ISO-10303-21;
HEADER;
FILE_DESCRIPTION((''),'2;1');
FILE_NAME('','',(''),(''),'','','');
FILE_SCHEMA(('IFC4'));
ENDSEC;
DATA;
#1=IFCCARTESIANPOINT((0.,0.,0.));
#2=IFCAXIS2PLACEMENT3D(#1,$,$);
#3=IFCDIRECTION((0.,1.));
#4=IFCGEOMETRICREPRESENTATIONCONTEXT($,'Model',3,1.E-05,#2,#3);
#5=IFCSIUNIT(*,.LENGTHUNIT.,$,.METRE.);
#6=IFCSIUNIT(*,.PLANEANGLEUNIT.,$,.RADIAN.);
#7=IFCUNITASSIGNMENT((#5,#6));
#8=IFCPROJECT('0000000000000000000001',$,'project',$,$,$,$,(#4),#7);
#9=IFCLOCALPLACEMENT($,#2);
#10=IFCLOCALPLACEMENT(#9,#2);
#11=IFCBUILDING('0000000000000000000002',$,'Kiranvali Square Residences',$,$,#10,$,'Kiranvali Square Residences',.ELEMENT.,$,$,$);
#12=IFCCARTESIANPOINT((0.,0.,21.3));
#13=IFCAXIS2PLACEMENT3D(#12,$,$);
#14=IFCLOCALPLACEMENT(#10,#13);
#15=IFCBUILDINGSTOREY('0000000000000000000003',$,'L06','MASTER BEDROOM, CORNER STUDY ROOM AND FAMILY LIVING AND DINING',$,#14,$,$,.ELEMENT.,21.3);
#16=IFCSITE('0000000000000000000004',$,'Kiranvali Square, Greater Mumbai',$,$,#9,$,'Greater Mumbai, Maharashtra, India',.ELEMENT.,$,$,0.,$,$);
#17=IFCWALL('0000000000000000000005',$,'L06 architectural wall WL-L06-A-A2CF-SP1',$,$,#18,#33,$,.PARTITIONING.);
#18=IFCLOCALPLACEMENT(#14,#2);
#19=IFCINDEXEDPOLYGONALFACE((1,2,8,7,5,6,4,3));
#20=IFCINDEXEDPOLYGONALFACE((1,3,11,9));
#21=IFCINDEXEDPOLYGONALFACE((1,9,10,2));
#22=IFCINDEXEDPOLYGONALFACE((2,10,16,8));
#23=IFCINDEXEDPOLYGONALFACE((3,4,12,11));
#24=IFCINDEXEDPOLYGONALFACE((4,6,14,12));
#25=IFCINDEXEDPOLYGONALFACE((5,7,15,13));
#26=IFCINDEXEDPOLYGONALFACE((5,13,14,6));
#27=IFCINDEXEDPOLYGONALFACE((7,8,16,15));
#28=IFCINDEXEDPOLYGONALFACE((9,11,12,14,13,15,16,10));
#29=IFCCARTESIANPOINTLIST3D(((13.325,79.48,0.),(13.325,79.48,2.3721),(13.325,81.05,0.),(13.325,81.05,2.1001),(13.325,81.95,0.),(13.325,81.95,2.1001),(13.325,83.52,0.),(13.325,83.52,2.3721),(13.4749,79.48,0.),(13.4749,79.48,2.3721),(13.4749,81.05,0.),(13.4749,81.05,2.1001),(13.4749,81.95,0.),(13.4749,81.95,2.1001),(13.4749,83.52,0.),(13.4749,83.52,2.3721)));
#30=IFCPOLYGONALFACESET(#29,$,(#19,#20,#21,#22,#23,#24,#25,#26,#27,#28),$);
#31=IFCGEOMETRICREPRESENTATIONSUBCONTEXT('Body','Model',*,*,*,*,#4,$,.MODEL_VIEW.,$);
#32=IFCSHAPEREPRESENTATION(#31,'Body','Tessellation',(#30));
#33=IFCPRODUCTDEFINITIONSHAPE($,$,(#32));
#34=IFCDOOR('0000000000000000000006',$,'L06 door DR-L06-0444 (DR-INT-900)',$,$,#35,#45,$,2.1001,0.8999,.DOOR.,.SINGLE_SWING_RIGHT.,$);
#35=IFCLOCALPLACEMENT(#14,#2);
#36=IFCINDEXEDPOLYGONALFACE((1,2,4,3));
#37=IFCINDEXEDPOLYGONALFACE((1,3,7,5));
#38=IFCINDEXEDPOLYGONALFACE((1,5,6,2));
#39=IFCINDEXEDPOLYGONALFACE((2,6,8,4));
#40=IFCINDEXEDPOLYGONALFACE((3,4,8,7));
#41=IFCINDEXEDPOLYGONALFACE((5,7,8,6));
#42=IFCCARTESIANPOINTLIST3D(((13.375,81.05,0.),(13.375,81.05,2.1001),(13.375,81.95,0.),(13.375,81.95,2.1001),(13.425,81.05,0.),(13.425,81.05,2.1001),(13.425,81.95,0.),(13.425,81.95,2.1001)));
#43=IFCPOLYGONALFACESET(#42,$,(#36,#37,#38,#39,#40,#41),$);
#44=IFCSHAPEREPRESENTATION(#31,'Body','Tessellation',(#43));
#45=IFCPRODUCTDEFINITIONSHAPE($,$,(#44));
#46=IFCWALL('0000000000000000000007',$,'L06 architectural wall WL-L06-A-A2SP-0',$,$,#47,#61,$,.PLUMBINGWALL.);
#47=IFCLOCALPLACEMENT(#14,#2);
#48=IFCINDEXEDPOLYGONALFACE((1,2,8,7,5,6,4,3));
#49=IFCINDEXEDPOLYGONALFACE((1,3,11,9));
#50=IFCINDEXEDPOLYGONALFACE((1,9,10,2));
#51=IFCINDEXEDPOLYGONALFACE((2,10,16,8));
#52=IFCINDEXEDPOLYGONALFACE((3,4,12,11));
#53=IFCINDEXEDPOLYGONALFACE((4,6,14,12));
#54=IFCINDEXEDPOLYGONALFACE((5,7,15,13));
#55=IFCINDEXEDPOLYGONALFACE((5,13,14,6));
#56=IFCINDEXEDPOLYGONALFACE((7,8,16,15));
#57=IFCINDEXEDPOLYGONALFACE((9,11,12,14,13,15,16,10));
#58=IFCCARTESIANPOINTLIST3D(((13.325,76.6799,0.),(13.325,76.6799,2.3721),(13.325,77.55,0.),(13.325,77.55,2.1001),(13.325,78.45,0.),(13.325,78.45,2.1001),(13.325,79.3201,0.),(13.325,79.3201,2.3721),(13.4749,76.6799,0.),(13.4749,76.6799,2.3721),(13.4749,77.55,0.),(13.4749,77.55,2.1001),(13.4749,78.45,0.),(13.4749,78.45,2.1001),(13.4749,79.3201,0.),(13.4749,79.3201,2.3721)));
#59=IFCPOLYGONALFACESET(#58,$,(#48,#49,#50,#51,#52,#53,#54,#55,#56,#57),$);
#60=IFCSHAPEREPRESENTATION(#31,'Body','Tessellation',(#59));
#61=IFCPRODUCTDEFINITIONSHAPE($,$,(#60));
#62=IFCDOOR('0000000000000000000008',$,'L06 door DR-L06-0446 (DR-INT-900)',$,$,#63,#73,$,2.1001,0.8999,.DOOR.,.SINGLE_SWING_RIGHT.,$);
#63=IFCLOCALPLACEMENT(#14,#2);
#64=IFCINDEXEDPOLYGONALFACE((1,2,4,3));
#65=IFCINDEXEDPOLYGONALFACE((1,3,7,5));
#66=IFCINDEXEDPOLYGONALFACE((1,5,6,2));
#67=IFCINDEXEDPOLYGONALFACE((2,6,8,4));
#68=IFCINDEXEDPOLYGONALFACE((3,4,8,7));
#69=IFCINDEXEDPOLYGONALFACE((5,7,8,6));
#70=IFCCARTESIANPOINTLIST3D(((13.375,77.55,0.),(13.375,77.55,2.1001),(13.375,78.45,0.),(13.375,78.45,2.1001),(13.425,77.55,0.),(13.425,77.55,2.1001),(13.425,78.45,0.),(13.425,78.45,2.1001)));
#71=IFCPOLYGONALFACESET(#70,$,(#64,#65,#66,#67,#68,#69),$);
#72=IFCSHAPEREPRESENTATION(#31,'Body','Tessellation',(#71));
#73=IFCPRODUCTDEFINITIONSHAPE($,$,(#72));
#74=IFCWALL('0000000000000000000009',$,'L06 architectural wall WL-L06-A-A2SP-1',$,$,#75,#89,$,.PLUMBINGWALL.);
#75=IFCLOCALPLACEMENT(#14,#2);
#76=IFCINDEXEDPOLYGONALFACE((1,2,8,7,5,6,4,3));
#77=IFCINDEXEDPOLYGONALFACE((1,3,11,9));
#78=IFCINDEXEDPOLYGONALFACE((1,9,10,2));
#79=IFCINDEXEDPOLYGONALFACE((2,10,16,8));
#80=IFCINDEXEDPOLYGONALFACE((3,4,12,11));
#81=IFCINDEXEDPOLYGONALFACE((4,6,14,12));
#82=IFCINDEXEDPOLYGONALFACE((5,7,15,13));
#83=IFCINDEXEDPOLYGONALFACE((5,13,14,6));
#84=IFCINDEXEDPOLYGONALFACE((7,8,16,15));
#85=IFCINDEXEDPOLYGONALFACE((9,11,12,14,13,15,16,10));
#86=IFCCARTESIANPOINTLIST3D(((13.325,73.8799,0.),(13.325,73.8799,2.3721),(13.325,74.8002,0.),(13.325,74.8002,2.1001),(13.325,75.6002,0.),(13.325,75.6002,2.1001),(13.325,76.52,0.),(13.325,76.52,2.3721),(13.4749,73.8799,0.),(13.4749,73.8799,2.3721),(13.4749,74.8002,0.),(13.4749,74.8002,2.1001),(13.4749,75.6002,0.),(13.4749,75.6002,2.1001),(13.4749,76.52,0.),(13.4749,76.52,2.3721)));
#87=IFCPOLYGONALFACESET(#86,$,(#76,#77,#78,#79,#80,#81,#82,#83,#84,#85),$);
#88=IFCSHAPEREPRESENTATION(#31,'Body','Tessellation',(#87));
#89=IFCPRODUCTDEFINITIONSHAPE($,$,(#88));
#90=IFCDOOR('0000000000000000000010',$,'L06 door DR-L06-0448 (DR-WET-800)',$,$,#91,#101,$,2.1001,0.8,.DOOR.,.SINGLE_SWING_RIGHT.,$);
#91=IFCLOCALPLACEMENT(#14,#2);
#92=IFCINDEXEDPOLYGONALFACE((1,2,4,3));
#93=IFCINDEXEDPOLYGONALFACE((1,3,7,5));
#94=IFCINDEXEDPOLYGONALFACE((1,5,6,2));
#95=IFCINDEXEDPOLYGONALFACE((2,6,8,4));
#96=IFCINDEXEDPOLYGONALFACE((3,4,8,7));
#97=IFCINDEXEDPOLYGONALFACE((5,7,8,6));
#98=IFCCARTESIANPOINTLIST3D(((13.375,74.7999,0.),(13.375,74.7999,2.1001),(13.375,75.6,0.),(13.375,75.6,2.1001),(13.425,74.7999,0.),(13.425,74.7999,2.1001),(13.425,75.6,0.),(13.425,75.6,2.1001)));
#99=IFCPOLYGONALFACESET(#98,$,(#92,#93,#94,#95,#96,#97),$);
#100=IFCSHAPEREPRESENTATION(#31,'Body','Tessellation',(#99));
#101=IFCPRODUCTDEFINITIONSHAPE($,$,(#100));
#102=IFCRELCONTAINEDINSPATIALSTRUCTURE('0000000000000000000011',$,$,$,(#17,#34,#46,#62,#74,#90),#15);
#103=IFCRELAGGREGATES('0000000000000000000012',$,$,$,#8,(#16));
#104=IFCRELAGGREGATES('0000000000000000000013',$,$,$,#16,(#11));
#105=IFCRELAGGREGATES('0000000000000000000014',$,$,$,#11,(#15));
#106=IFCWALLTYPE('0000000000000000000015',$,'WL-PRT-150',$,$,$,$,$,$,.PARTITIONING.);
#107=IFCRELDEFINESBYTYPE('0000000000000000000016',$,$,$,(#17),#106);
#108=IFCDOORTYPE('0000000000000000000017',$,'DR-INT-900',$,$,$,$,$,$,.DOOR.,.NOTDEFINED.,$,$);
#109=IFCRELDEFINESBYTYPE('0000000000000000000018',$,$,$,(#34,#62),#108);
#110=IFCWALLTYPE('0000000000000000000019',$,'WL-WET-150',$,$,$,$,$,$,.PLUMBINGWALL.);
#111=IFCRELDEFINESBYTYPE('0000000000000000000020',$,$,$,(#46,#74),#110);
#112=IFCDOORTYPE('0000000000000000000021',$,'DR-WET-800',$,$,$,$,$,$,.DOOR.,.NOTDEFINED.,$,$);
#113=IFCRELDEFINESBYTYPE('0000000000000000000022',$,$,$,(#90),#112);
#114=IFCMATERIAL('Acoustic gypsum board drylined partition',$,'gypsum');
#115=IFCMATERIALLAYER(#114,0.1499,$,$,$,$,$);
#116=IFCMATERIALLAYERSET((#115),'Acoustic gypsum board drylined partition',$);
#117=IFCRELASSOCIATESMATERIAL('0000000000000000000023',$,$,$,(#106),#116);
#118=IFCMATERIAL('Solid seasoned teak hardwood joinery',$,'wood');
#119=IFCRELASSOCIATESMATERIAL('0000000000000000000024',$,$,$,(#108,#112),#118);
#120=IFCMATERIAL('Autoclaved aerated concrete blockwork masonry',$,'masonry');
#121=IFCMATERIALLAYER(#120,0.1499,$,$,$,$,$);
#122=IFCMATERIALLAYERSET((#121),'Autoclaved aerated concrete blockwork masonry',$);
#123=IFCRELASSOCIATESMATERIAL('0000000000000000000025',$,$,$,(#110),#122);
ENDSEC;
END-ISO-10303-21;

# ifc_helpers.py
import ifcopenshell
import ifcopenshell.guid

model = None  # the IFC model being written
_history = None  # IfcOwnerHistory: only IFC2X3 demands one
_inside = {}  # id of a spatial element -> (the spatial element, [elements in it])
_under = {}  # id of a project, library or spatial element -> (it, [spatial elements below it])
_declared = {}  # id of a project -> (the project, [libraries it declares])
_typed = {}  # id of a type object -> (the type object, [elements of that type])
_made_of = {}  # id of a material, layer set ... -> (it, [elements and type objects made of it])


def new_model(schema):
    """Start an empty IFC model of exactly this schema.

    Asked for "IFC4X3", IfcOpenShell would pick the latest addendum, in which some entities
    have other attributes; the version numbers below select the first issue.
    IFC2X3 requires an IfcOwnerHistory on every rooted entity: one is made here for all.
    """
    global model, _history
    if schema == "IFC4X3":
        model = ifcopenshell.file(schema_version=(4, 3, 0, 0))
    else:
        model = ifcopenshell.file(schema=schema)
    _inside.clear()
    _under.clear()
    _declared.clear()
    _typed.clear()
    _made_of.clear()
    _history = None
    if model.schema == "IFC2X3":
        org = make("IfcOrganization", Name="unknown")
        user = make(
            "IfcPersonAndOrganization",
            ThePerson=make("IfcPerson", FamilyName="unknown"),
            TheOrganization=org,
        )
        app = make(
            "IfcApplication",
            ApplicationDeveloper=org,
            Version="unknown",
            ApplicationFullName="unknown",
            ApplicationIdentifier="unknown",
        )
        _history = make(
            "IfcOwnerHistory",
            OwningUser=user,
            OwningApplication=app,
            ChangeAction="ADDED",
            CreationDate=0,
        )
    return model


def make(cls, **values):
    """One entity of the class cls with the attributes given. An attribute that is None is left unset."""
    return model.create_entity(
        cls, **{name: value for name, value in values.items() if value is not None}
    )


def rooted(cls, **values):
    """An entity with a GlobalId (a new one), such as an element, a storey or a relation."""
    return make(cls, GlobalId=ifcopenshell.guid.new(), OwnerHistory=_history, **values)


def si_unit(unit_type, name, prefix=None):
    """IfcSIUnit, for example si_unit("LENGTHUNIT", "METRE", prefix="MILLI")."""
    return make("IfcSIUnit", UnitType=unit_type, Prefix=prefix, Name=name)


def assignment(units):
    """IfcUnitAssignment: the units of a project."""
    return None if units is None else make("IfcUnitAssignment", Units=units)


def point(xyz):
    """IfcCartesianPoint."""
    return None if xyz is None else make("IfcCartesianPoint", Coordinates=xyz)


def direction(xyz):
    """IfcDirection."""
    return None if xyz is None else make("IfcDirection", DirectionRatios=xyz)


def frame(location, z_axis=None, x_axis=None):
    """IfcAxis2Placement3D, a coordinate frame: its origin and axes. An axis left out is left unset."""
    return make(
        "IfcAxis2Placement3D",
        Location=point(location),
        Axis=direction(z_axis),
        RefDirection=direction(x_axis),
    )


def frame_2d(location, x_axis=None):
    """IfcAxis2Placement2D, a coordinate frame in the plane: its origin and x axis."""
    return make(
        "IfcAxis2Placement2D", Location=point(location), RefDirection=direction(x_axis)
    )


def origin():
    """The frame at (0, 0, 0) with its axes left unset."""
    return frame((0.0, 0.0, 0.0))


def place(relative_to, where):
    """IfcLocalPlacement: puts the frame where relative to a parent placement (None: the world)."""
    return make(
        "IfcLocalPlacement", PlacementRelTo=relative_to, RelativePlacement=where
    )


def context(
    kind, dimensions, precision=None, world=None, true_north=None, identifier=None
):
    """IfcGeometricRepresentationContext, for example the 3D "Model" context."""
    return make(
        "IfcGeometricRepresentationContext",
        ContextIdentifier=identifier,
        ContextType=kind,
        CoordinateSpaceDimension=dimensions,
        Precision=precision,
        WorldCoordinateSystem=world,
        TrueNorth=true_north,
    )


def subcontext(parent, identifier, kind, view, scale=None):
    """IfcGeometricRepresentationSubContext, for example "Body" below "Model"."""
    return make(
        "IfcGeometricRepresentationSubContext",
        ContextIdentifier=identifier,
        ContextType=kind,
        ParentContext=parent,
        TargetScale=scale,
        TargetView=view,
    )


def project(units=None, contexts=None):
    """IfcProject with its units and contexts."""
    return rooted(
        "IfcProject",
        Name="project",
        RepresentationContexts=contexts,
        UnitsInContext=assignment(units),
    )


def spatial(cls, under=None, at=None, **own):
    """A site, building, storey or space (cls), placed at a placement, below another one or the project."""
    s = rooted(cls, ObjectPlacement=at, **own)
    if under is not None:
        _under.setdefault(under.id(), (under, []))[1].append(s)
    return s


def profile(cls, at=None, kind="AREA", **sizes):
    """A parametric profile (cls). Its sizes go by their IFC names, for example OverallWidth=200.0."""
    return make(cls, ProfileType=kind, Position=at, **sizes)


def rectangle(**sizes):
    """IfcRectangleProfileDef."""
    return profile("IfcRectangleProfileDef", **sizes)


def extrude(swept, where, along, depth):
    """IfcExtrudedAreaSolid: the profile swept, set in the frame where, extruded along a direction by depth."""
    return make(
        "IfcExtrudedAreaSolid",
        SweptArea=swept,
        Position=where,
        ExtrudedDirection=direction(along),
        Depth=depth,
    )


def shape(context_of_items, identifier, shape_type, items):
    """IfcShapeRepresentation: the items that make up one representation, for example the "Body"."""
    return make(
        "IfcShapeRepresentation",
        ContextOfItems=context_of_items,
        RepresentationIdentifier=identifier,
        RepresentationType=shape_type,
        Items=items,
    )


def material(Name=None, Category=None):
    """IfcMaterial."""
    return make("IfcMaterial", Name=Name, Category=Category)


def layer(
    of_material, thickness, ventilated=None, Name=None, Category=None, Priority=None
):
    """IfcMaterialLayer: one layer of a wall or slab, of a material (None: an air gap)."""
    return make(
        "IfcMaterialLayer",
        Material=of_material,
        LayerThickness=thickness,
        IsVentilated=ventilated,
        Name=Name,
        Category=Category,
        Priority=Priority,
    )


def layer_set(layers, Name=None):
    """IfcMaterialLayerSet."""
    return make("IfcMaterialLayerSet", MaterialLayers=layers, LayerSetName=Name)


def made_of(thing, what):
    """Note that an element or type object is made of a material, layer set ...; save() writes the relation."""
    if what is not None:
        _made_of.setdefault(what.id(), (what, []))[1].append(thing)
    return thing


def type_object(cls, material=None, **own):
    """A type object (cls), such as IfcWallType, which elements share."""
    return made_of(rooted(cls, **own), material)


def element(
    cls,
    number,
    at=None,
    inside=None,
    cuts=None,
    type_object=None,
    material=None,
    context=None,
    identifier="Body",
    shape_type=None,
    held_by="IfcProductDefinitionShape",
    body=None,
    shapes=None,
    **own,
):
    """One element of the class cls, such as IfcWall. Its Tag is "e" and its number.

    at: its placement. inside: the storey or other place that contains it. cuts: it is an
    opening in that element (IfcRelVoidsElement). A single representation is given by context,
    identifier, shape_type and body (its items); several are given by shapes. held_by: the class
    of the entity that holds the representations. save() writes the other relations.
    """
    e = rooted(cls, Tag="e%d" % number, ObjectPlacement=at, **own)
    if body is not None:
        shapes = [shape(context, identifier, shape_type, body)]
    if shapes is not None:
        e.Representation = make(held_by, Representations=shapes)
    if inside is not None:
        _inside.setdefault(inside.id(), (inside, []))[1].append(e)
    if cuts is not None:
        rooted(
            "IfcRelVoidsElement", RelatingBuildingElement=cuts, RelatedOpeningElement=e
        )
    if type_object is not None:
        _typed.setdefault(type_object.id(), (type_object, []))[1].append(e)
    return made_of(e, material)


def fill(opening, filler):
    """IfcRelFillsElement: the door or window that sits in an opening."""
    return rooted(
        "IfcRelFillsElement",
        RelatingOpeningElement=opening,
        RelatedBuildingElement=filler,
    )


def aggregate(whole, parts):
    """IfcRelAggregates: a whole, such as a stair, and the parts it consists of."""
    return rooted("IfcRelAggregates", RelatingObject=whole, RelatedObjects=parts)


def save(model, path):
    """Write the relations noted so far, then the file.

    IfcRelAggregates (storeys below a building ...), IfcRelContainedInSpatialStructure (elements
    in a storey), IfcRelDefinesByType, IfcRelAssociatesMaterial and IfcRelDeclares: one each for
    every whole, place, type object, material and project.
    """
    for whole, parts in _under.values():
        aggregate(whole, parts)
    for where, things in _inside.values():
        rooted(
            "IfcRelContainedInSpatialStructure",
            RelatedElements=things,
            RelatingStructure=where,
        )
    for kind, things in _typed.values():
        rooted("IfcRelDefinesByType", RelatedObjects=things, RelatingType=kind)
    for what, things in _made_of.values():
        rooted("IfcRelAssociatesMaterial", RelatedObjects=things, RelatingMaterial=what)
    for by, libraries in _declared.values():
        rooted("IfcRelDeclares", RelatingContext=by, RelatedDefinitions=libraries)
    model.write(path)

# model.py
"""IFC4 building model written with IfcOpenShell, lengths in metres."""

from ifc_helpers import new_model, si_unit, direction, frame, frame_2d, origin, place, context, subcontext, project, spatial, rectangle, extrude, material, layer, layer_set, type_object, element, fill, save


model = new_model("IFC4")

# Units and contexts
model_context = context("Model", 3, precision=1e-05, world=origin(), true_north=direction((0.0, 1.0)))
body_context = subcontext(model_context, "Body", "Model", "MODEL_VIEW")
ifc_project = project(units=[si_unit("LENGTHUNIT", "METRE"), si_unit("PLANEANGLEUNIT", "RADIAN")], contexts=[model_context])

# Site, building, storey
site_placement = place(None, origin())
site = spatial("IfcSite", under=ifc_project, at=site_placement, Name="Kiranvali Square, Greater Mumbai", LongName="Greater Mumbai, Maharashtra, India", CompositionType="ELEMENT", RefElevation=0.0)
building_placement = place(site_placement, origin())
building = spatial("IfcBuilding", under=site, at=building_placement, Name="Kiranvali Square Residences", LongName="Kiranvali Square Residences", CompositionType="ELEMENT")
storey_placement = place(building_placement, frame((0.0, 0.0, 21.3)))
storey = spatial("IfcBuildingStorey", under=building, at=storey_placement, Name="L06", Description="MASTER BEDROOM, CORNER STUDY ROOM AND FAMILY LIVING AND DINING", CompositionType="ELEMENT", Elevation=21.3)

# Walls, openings, doors
ifc_material_1 = material(Name="Acoustic gypsum board drylined partition", Category="gypsum")
ifc_layer_1 = layer(ifc_material_1, 0.1499)
ifc_layer_set_1 = layer_set([ifc_layer_1], Name="Acoustic gypsum board drylined partition")
wall_type_1 = type_object("IfcWallType", Name="WL-PRT-150", PredefinedType="PARTITIONING", material=ifc_layer_set_1)
wall_1_placement = place(storey_placement, frame((13.3999, 83.52, 0.0), z_axis=(0.0, 0.0, 1.0), x_axis=(0.0, -1.0, 0.0)))
wall_1 = element("IfcWall", 1, at=wall_1_placement, inside=storey, type_object=wall_type_1, Name="L06 architectural wall WL-L06-A-A2CF-SP1", PredefinedType="PARTITIONING", context=body_context, shape_type="SweptSolid", body=[
    extrude(rectangle(XDim=4.04, YDim=0.1499, at=frame_2d((2.02, 0.0))), origin(), (0.0, 0.0, 1.0), 2.3721),
])
opening_1_placement = place(wall_1_placement, frame((1.5701, 0.0, 0.0)))
opening_1 = element("IfcOpeningElement", 2, at=opening_1_placement, cuts=wall_1, PredefinedType="OPENING", context=body_context, shape_type="SweptSolid", body=[
    extrude(rectangle(XDim=0.8999, YDim=2.1001, at=frame_2d((0.45, 1.05))), frame((0.0, 0.085, 0.0), z_axis=(0.0, -1.0, 0.0), x_axis=(1.0, 0.0, 0.0)), (0.0, 0.0, 1.0), 0.1699),
])
ifc_material_2 = material(Name="Solid seasoned teak hardwood joinery", Category="wood")
door_type_1 = type_object("IfcDoorType", Name="DR-INT-900", OperationType="NOTDEFINED", PredefinedType="DOOR", material=ifc_material_2)
door_1_placement = place(opening_1_placement, frame((0.8999, 0.0, 0.0), z_axis=(0.0, 0.0, 1.0), x_axis=(-1.0, 0.0, 0.0)))
door_1 = element("IfcDoor", 3, at=door_1_placement, inside=storey, type_object=door_type_1, Name="L06 door DR-L06-0444 (DR-INT-900)", OperationType="SINGLE_SWING_RIGHT", OverallHeight=2.1001, OverallWidth=0.8999, PredefinedType="DOOR", context=body_context, shape_type="SweptSolid", body=[
    extrude(rectangle(XDim=0.8999, YDim=2.1001, at=frame_2d((0.45, 1.05))), frame((0.0, 0.0249, 0.0), z_axis=(0.0, -1.0, 0.0), x_axis=(1.0, 0.0, 0.0)), (0.0, 0.0, 1.0), 0.05),
])
fill(opening_1, door_1)
ifc_material_3 = material(Name="Autoclaved aerated concrete blockwork masonry", Category="masonry")
ifc_layer_2 = layer(ifc_material_3, 0.1499)
ifc_layer_set_2 = layer_set([ifc_layer_2], Name="Autoclaved aerated concrete blockwork masonry")
wall_type_2 = type_object("IfcWallType", Name="WL-WET-150", PredefinedType="PLUMBINGWALL", material=ifc_layer_set_2)
wall_2_placement = place(storey_placement, frame((13.3999, 79.3201, 0.0), z_axis=(0.0, 0.0, 1.0), x_axis=(0.0, -1.0, 0.0)))
wall_2 = element("IfcWall", 4, at=wall_2_placement, inside=storey, type_object=wall_type_2, Name="L06 architectural wall WL-L06-A-A2SP-0", PredefinedType="PLUMBINGWALL", context=body_context, shape_type="SweptSolid", body=[
    extrude(rectangle(XDim=2.6401, YDim=0.1499, at=frame_2d((1.3201, 0.0))), origin(), (0.0, 0.0, 1.0), 2.3721),
])
opening_2_placement = place(wall_2_placement, frame((0.8701, 0.0, 0.0)))
opening_2 = element("IfcOpeningElement", 5, at=opening_2_placement, cuts=wall_2, PredefinedType="OPENING", context=body_context, shape_type="SweptSolid", body=[
    extrude(rectangle(XDim=0.8999, YDim=2.1001, at=frame_2d((0.45, 1.05))), frame((0.0, 0.085, 0.0), z_axis=(0.0, -1.0, 0.0), x_axis=(1.0, 0.0, 0.0)), (0.0, 0.0, 1.0), 0.1699),
])
door_2_placement = place(opening_2_placement, frame((0.8999, 0.0, 0.0), z_axis=(0.0, 0.0, 1.0), x_axis=(-1.0, 0.0, 0.0)))
door_2 = element("IfcDoor", 6, at=door_2_placement, inside=storey, type_object=door_type_1, Name="L06 door DR-L06-0446 (DR-INT-900)", OperationType="SINGLE_SWING_RIGHT", OverallHeight=2.1001, OverallWidth=0.8999, PredefinedType="DOOR", context=body_context, shape_type="SweptSolid", body=[
    extrude(rectangle(XDim=0.8999, YDim=2.1001, at=frame_2d((0.45, 1.05))), frame((0.0, 0.0249, 0.0), z_axis=(0.0, -1.0, 0.0), x_axis=(1.0, 0.0, 0.0)), (0.0, 0.0, 1.0), 0.05),
])
fill(opening_2, door_2)
wall_3_placement = place(storey_placement, frame((13.3999, 76.52, 0.0), z_axis=(0.0, 0.0, 1.0), x_axis=(0.0, -1.0, 0.0)))
wall_3 = element("IfcWall", 7, at=wall_3_placement, inside=storey, type_object=wall_type_2, Name="L06 architectural wall WL-L06-A-A2SP-1", PredefinedType="PLUMBINGWALL", context=body_context, shape_type="SweptSolid", body=[
    extrude(rectangle(XDim=2.6401, YDim=0.1499, at=frame_2d((1.3201, 0.0))), origin(), (0.0, 0.0, 1.0), 2.3721),
])
opening_3_placement = place(wall_3_placement, frame((0.9199, 0.0, 0.0)))
opening_3 = element("IfcOpeningElement", 8, at=opening_3_placement, cuts=wall_3, PredefinedType="OPENING", context=body_context, shape_type="SweptSolid", body=[
    extrude(rectangle(XDim=0.8, YDim=2.1001, at=frame_2d((0.3999, 1.05))), frame((0.0, 0.085, 0.0), z_axis=(0.0, -1.0, 0.0), x_axis=(1.0, 0.0, 0.0)), (0.0, 0.0, 1.0), 0.1699),
])
door_type_2 = type_object("IfcDoorType", Name="DR-WET-800", OperationType="NOTDEFINED", PredefinedType="DOOR", material=ifc_material_2)
door_3_placement = place(opening_3_placement, frame((0.8, 0.0, 0.0), z_axis=(0.0, 0.0, 1.0), x_axis=(-1.0, 0.0, 0.0)))
door_3 = element("IfcDoor", 9, at=door_3_placement, inside=storey, type_object=door_type_2, Name="L06 door DR-L06-0448 (DR-WET-800)", OperationType="SINGLE_SWING_RIGHT", OverallHeight=2.1001, OverallWidth=0.8, PredefinedType="DOOR", context=body_context, shape_type="SweptSolid", body=[
    extrude(rectangle(XDim=0.8, YDim=2.1001, at=frame_2d((0.3999, 1.05))), frame((0.0, 0.0249, 0.0), z_axis=(0.0, -1.0, 0.0), x_axis=(1.0, 0.0, 0.0)), (0.0, 0.0, 1.0), 0.05),
])
fill(opening_3, door_3)

save(model, "model.ifc")
